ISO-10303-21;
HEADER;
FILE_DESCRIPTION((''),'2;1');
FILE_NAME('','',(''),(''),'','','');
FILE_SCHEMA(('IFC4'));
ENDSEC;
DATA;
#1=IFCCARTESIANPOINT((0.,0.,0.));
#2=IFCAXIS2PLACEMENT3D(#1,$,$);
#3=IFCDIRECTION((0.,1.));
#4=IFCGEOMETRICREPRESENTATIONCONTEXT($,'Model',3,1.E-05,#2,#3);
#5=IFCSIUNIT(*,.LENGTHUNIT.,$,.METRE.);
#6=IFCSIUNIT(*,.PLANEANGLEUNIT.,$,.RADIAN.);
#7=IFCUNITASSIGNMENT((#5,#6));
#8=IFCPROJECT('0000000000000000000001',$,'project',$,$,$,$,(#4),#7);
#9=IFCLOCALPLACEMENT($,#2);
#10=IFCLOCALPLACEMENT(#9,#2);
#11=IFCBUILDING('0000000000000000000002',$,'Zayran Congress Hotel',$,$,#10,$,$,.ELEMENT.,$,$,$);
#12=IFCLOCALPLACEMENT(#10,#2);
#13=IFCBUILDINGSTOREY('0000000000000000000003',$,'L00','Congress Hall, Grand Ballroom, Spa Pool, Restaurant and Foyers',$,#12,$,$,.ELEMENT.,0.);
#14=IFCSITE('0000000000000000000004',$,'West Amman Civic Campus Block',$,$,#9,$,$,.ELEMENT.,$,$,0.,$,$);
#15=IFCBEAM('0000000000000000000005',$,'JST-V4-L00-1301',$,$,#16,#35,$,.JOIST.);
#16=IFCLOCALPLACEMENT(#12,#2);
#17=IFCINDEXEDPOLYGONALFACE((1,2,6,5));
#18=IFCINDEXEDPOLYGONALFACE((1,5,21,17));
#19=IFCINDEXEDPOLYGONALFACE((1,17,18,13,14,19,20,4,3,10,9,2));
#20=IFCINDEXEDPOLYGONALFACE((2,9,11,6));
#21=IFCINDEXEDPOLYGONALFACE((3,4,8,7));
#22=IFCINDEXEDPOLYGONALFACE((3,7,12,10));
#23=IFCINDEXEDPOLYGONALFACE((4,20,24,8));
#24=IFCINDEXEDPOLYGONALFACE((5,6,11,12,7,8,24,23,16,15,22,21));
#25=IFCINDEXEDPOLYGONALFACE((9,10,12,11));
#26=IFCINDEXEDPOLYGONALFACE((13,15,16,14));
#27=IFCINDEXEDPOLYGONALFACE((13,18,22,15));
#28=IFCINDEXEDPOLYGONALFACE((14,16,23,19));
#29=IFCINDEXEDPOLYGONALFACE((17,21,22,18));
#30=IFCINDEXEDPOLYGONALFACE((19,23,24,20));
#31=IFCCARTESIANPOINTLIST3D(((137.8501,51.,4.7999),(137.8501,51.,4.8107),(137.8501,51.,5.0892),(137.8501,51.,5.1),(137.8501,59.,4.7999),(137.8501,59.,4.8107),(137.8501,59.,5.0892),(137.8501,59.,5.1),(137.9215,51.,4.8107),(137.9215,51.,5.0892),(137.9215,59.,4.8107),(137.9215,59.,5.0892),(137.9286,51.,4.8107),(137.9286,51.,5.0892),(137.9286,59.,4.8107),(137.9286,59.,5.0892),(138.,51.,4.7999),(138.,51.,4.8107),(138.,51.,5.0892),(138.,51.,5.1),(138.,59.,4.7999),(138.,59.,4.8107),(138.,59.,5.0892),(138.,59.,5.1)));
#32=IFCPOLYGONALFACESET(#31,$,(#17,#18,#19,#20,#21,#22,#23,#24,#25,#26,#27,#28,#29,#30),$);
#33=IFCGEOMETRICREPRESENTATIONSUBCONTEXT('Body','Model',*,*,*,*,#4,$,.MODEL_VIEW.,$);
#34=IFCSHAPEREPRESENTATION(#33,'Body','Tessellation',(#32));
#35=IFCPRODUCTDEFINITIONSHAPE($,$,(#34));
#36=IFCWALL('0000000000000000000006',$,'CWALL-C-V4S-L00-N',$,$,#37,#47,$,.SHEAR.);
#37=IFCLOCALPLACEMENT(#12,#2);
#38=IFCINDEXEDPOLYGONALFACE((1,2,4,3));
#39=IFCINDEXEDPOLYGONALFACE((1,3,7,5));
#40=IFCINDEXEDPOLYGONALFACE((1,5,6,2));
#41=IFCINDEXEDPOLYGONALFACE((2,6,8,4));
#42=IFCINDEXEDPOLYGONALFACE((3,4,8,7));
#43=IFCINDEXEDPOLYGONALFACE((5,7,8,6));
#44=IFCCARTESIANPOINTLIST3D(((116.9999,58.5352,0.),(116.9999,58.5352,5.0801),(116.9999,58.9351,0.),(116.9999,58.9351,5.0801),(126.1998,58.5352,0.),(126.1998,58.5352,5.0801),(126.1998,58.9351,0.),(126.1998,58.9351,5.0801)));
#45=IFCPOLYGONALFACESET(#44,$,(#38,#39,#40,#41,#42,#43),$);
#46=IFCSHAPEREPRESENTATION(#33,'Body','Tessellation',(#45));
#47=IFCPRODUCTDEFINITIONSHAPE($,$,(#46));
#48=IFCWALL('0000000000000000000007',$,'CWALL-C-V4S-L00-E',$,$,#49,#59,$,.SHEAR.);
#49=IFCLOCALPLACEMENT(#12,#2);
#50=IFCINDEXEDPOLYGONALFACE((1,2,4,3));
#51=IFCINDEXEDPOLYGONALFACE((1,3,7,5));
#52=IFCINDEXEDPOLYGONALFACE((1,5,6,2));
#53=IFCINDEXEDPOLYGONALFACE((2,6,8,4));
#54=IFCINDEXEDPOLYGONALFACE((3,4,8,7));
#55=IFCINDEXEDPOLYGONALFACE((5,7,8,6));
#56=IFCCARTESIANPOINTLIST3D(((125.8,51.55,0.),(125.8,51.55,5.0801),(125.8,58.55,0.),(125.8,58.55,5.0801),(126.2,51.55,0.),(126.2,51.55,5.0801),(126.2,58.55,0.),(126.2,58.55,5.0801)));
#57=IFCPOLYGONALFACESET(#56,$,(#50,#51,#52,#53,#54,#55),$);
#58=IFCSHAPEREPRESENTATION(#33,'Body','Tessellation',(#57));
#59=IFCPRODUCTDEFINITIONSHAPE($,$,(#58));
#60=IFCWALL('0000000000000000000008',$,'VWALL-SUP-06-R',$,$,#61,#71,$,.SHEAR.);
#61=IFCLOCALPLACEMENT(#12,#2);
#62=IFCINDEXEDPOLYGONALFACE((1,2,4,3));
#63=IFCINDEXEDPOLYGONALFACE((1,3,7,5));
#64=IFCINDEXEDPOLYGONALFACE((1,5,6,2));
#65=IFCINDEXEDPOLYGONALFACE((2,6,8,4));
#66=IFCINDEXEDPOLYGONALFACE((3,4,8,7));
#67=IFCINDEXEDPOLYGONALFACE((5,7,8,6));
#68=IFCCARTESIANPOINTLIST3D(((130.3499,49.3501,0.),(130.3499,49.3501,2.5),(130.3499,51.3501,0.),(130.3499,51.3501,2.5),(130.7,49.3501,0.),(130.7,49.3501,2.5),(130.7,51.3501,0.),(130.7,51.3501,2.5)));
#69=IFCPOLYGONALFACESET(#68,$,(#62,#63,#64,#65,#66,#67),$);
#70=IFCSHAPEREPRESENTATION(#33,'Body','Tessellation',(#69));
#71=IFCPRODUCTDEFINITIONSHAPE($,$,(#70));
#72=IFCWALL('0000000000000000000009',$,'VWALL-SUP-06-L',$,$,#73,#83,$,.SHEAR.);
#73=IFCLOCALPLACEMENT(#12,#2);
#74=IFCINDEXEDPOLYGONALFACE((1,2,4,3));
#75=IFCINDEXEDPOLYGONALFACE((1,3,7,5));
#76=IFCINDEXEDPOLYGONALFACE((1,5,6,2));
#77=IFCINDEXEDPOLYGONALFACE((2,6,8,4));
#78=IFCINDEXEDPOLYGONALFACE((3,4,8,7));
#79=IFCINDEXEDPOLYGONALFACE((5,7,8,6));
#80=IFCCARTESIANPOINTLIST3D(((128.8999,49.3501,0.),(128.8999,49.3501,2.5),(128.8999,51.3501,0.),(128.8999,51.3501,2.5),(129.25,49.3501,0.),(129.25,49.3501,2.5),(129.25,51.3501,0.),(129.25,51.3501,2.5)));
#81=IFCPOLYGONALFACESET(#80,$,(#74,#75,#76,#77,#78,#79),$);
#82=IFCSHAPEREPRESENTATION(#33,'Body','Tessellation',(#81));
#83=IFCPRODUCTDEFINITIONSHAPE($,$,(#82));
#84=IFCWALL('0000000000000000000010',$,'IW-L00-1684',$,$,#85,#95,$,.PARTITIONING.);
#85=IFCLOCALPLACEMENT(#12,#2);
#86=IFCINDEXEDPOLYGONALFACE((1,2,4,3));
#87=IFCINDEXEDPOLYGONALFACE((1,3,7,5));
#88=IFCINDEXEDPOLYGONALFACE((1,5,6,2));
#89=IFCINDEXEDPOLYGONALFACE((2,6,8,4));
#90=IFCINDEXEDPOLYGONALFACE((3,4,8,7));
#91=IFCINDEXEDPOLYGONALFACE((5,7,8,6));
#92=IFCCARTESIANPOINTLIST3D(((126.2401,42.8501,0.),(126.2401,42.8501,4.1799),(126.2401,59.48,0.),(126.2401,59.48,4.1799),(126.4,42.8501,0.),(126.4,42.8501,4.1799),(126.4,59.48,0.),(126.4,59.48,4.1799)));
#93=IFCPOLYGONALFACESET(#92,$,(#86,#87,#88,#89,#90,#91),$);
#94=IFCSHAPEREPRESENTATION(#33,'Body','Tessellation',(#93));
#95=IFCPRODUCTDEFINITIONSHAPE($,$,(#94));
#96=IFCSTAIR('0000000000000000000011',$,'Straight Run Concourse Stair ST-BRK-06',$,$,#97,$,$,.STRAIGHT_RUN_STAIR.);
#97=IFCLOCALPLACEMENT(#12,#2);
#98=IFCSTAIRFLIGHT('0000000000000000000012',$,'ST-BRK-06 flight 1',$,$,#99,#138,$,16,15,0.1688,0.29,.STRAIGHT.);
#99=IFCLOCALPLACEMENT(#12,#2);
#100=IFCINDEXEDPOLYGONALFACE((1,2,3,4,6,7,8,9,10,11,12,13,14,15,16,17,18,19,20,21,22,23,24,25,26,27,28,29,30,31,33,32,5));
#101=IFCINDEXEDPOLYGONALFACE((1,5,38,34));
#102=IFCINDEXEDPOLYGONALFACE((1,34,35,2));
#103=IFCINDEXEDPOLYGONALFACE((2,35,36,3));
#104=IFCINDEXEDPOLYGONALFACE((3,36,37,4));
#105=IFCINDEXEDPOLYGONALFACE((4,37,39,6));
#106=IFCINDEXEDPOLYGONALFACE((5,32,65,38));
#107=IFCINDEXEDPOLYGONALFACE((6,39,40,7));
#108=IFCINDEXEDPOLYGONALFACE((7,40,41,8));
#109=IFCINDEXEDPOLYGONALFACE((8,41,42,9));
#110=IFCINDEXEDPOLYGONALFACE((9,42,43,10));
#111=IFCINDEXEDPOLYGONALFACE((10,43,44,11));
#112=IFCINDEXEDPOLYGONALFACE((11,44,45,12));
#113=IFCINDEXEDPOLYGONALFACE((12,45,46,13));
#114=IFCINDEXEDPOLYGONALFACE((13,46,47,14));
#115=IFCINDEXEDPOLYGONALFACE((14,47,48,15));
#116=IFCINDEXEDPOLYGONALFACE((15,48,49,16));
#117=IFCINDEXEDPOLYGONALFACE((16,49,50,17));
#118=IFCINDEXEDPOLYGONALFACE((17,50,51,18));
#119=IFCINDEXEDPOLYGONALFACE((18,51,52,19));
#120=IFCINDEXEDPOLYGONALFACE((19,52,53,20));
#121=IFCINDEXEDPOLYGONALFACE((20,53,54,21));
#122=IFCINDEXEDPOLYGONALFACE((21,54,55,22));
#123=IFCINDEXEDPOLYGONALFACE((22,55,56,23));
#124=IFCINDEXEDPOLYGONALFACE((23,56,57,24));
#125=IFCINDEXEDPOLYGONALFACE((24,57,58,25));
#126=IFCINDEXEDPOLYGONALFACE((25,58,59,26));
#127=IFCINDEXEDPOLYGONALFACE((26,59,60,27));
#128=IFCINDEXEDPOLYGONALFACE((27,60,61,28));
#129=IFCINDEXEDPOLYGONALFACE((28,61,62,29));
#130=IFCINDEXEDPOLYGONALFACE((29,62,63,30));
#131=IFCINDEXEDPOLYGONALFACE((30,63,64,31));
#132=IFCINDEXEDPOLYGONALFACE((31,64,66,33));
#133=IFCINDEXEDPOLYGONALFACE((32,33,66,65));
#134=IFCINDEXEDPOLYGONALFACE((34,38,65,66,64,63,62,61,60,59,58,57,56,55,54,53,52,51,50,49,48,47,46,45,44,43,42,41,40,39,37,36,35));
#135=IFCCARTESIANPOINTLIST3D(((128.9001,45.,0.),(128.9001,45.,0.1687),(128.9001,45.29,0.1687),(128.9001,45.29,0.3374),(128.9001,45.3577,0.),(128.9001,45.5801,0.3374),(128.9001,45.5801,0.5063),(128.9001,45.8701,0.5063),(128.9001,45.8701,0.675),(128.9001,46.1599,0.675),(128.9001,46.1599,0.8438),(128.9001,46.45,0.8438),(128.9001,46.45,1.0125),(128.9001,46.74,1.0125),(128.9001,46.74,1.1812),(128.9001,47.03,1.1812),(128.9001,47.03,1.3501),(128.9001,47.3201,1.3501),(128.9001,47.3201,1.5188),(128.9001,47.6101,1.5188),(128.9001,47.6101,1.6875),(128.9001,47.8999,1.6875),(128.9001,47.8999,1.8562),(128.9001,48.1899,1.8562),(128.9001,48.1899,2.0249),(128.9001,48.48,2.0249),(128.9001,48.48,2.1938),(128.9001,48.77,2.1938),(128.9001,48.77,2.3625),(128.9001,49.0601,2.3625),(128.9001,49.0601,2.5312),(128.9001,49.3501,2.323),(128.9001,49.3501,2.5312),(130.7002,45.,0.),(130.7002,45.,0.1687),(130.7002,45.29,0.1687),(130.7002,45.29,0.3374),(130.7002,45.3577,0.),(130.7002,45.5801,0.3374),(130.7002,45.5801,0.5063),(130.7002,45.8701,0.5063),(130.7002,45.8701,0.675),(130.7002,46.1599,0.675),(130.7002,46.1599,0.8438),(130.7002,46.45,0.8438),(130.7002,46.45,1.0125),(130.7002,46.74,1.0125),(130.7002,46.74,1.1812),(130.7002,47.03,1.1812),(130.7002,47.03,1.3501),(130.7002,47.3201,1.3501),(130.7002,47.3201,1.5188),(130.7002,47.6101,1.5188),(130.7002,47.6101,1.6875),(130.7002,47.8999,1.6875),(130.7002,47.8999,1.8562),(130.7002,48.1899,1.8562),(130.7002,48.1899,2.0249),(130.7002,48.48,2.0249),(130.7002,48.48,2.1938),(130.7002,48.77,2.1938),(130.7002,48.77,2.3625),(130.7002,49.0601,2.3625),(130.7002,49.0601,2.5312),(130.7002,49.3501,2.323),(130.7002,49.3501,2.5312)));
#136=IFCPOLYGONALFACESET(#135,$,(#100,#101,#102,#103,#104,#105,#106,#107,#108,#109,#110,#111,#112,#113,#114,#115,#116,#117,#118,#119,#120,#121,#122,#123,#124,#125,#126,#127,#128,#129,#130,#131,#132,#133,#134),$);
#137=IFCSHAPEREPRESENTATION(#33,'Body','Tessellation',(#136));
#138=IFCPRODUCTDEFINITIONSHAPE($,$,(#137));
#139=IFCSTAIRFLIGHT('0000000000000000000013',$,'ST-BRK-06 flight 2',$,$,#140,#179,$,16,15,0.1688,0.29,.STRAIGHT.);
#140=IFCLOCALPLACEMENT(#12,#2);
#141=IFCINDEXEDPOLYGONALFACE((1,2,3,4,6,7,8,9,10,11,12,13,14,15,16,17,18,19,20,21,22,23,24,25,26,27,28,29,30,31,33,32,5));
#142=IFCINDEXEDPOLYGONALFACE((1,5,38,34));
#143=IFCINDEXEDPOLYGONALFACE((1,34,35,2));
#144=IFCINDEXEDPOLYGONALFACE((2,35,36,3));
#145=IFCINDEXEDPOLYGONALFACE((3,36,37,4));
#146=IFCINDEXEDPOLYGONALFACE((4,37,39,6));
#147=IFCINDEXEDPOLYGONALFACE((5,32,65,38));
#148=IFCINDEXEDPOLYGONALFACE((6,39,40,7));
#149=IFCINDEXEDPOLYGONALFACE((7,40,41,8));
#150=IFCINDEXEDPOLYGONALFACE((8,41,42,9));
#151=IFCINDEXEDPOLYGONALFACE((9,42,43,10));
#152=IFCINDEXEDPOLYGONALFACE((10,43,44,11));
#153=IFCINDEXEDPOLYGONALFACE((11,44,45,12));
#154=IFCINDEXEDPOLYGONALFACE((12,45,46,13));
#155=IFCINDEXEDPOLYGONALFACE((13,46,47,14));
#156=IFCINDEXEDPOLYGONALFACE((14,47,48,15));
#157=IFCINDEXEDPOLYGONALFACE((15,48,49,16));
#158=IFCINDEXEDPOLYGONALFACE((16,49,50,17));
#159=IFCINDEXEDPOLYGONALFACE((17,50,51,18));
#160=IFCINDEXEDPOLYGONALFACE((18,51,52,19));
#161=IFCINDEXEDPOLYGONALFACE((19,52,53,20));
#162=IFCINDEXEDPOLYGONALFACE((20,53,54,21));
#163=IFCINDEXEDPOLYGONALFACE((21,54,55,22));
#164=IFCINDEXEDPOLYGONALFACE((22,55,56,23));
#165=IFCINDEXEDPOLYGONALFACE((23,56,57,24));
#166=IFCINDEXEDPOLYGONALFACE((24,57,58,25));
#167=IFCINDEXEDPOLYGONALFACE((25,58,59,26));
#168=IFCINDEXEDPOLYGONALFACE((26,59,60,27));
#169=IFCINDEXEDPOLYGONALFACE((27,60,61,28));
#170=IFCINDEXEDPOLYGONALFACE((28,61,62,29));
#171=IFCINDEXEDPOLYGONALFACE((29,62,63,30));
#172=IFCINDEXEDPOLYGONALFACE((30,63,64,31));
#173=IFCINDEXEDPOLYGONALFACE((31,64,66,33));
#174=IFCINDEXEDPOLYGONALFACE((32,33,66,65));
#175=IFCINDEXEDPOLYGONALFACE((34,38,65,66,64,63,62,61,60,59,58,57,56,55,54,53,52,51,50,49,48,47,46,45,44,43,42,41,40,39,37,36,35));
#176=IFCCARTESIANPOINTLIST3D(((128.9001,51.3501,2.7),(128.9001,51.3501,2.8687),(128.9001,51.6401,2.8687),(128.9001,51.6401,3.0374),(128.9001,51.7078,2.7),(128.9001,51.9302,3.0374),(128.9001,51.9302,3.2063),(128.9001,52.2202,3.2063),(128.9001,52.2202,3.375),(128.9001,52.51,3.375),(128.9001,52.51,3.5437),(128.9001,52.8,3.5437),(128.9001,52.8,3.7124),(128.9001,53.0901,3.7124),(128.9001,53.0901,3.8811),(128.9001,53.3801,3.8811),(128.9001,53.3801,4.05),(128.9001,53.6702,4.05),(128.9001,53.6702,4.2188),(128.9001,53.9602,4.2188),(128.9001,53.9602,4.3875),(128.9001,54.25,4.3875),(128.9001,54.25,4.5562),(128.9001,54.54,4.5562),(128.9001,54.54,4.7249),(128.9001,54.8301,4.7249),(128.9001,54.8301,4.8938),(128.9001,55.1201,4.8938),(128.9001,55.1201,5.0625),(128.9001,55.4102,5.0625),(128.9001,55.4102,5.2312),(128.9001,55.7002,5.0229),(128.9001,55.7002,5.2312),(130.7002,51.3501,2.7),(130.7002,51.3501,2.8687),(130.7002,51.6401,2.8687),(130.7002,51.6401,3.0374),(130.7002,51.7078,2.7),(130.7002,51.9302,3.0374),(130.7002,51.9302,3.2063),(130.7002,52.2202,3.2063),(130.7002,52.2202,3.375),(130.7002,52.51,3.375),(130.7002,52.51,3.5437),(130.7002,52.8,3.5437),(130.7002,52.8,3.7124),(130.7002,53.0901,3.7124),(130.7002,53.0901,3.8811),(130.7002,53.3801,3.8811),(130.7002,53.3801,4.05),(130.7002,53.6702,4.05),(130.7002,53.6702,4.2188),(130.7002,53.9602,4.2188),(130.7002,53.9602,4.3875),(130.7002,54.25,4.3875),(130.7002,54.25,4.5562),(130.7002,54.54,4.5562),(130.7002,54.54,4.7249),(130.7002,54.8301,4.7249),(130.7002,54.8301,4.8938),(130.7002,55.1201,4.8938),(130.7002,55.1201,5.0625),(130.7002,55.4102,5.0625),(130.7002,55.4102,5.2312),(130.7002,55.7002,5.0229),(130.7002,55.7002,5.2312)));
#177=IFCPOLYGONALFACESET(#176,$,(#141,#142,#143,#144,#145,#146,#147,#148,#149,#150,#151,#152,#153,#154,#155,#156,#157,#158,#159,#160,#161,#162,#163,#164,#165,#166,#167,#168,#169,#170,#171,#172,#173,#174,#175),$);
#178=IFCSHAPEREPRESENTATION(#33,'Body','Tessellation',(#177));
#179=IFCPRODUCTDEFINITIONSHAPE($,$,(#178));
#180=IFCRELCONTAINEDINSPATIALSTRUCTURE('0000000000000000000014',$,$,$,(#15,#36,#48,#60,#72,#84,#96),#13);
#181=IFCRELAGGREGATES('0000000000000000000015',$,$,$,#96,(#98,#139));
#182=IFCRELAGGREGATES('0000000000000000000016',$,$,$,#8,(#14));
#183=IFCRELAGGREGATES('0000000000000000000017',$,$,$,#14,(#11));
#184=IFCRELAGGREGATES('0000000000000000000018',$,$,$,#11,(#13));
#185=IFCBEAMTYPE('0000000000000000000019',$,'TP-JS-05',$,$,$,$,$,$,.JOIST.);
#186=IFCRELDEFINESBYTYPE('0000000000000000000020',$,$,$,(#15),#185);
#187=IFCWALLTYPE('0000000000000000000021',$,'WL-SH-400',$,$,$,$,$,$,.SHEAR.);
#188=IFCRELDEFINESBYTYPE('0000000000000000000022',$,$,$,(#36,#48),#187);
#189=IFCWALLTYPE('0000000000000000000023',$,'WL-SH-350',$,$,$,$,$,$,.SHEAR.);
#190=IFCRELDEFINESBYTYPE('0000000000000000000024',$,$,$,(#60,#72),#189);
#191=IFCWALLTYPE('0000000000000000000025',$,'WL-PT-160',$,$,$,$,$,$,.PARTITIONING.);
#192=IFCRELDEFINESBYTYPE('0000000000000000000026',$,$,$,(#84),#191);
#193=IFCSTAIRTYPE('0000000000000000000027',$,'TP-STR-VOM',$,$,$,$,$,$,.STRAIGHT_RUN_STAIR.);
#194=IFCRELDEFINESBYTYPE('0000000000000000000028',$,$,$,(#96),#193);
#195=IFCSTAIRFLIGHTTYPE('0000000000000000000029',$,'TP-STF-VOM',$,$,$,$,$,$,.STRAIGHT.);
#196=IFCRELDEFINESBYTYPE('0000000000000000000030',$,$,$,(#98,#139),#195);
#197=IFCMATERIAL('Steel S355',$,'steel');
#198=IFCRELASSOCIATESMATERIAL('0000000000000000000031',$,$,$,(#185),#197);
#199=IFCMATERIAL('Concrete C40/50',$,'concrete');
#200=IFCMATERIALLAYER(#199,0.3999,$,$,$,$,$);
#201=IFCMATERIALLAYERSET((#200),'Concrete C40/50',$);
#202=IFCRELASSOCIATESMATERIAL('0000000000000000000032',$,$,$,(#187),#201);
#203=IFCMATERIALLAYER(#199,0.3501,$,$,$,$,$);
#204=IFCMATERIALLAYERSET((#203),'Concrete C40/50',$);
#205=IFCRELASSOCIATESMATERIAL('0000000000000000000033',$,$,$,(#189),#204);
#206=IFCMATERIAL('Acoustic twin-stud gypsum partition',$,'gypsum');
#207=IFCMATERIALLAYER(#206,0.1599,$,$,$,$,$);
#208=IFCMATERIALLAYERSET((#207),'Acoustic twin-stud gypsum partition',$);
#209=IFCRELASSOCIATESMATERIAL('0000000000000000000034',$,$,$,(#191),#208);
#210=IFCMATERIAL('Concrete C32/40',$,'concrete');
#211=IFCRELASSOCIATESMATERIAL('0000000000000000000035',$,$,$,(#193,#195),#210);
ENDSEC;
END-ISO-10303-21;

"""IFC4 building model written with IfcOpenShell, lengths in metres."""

from ifc_helpers import new_model, si_unit, direction, frame, frame_2d, origin, origin_2d, place, context, subcontext, project, spatial, polyline, rectangle, i_section, outline, extrude, material, layer, layer_set, material_profile, profile_set, type_object, element, aggregate, save


model = new_model("IFC4")

# Units and contexts
model_context = context("Model", 3, precision=1e-05, world=origin(), true_north=direction((0.0, 1.0)))
body_context = subcontext(model_context, "Body", "Model", "MODEL_VIEW")
ifc_project = project(units=[si_unit("LENGTHUNIT", "METRE"), si_unit("PLANEANGLEUNIT", "RADIAN")], contexts=[model_context])

# Site, building, storey
site_placement = place(None, origin())
site = spatial("IfcSite", under=ifc_project, at=site_placement, Name="West Amman Civic Campus Block", CompositionType="ELEMENT", RefElevation=0.0)
building_placement = place(site_placement, origin())
building = spatial("IfcBuilding", under=site, at=building_placement, Name="Zayran Congress Hotel", CompositionType="ELEMENT")
storey_placement = place(building_placement, origin())
storey = spatial("IfcBuildingStorey", under=building, at=storey_placement, Name="L00", Description="Congress Hall, Grand Ballroom, Spa Pool, Restaurant and Foyers", CompositionType="ELEMENT", Elevation=0.0)

# Shared definitions
ifc_material_1 = material(Name="Concrete C40/50", Category="concrete")

# Beam
ifc_material_2 = material(Name="Steel S355", Category="steel")
ifc_material_profile_1 = material_profile(ifc_material_2, i_section(OverallWidth=0.1499, OverallDepth=0.3, WebThickness=0.0071, FlangeThickness=0.0107, at=origin_2d()), Name="IPE 300")
ifc_profile_set_1 = profile_set([ifc_material_profile_1], Name="Steel S355")
beam_type_1 = type_object("IfcBeamType", Name="TP-JS-05", PredefinedType="JOIST", material=ifc_profile_set_1)
beam_1_placement = place(storey_placement, frame((137.925, 51.0, 4.95), z_axis=(0.0, 1.0, 0.0), x_axis=(-1.0, 0.0, 0.0)))
element("IfcBeam", 1, at=beam_1_placement, inside=storey, type_object=beam_type_1, Name="JST-V4-L00-1301", PredefinedType="JOIST", context=body_context, shape_type="SweptSolid", body=[
    extrude(i_section(OverallWidth=0.1499, OverallDepth=0.3, WebThickness=0.0071, FlangeThickness=0.0107, at=origin_2d()), origin(), (0.0, 0.0, 1.0), 8.0),
])

# Walls
ifc_layer_1 = layer(ifc_material_1, 0.3999)
ifc_layer_set_1 = layer_set([ifc_layer_1], Name="Concrete C40/50")
wall_type_1 = type_object("IfcWallType", Name="WL-SH-400", PredefinedType="SHEAR", material=ifc_layer_set_1)
wall_1_placement = place(storey_placement, frame((126.2, 58.7351, 0.0), z_axis=(0.0, 0.0, 1.0), x_axis=(-1.0, 0.0, 0.0)))
element("IfcWall", 2, at=wall_1_placement, inside=storey, type_object=wall_type_1, Name="CWALL-C-V4S-L00-N", PredefinedType="SHEAR", context=body_context, shape_type="SweptSolid", body=[
    extrude(rectangle(XDim=9.2, YDim=0.3999, at=frame_2d((4.6001, 0.0))), origin(), (0.0, 0.0, 1.0), 5.0801),
])
wall_2_placement = place(storey_placement, frame((126.0, 51.55, 0.0), z_axis=(0.0, 0.0, 1.0), x_axis=(0.0, 1.0, 0.0)))
element("IfcWall", 3, at=wall_2_placement, inside=storey, type_object=wall_type_1, Name="CWALL-C-V4S-L00-E", PredefinedType="SHEAR", context=body_context, shape_type="SweptSolid", body=[
    extrude(rectangle(XDim=7.0, YDim=0.3999, at=frame_2d((3.5, 0.0))), origin(), (0.0, 0.0, 1.0), 5.0801),
])
ifc_layer_2 = layer(ifc_material_1, 0.3501)
ifc_layer_set_2 = layer_set([ifc_layer_2], Name="Concrete C40/50")
wall_type_2 = type_object("IfcWallType", Name="WL-SH-350", PredefinedType="SHEAR", material=ifc_layer_set_2)
for number, where, z_axis, x_axis, name in (
    (4, (130.5249, 49.3501, 0.0), (0.0, 0.0, 1.0), (0.0, 1.0, 0.0), "VWALL-SUP-06-R"),
    (5, (129.075, 49.3501, 0.0), (0.0, 0.0, 1.0), (0.0, 1.0, 0.0), "VWALL-SUP-06-L"),
):
    element("IfcWall", number, at=place(storey_placement, frame(where, z_axis=z_axis, x_axis=x_axis)), inside=storey, type_object=wall_type_2, Name=name, PredefinedType="SHEAR", context=body_context, shape_type="SweptSolid", body=[
        extrude(rectangle(XDim=2.0, YDim=0.3501, at=frame_2d((1.0, 0.0))), origin(), (0.0, 0.0, 1.0), 2.5),
    ])
ifc_material_3 = material(Name="Acoustic twin-stud gypsum partition", Category="gypsum")
ifc_layer_3 = layer(ifc_material_3, 0.1599)
ifc_layer_set_3 = layer_set([ifc_layer_3], Name="Acoustic twin-stud gypsum partition")
wall_type_3 = type_object("IfcWallType", Name="WL-PT-160", PredefinedType="PARTITIONING", material=ifc_layer_set_3)
wall_3_placement = place(storey_placement, frame((126.3201, 42.8501, 0.0), z_axis=(0.0, 0.0, 1.0), x_axis=(0.0, 1.0, 0.0)))
element("IfcWall", 6, at=wall_3_placement, inside=storey, type_object=wall_type_3, Name="IW-L00-1684", PredefinedType="PARTITIONING", context=body_context, shape_type="SweptSolid", body=[
    extrude(rectangle(XDim=16.6299, YDim=0.1599, at=frame_2d((8.3149, 0.0))), origin(), (0.0, 0.0, 1.0), 4.1799),
])

# Stair, stair flights
ifc_material_4 = material(Name="Concrete C32/40", Category="concrete")
stair_type = type_object("IfcStairType", Name="TP-STR-VOM", PredefinedType="STRAIGHT_RUN_STAIR", material=ifc_material_4)
stair_placement = place(storey_placement, origin())
stair = element("IfcStair", 7, at=stair_placement, inside=storey, type_object=stair_type, Name="Straight Run Concourse Stair ST-BRK-06", PredefinedType="STRAIGHT_RUN_STAIR")
stair_flight_type = type_object("IfcStairFlightType", Name="TP-STF-VOM", PredefinedType="STRAIGHT", material=ifc_material_4)
stair_flight_1_placement = place(storey_placement, frame((129.8, 45.0, 0.0), z_axis=(0.0, 0.0, 1.0), x_axis=(0.0, 1.0, 0.0)))
stair_flight_1 = element("IfcStairFlight", 8, at=stair_flight_1_placement, type_object=stair_flight_type, Name="ST-BRK-06 flight 1", NumberOfRisers=16, NumberOfTreads=15, PredefinedType="STRAIGHT", RiserHeight=0.1688, TreadLength=0.29, context=body_context, shape_type="SweptSolid", body=[
    extrude(outline(polyline([(0.0, 0.0), (0.0, 0.1687), (0.29, 0.1687), (0.29, 0.3374), (0.5801, 0.3374), (0.5801, 0.5063), (0.8701, 0.5063), (0.8701, 0.675), (1.1599, 0.675), (1.1599, 0.8438), (1.45, 0.8438), (1.45, 1.0125), (1.74, 1.0125), (1.74, 1.1812), (2.03, 1.1812), (2.03, 1.3501), (2.3201, 1.3501), (2.3201, 1.5188), (2.6101, 1.5188), (2.6101, 1.6875), (2.8999, 1.6875), (2.8999, 1.8562), (3.1899, 1.8562), (3.1899, 2.0249), (3.48, 2.0249), (3.48, 2.1938), (3.77, 2.1938), (3.77, 2.3625), (4.0601, 2.3625), (4.0601, 2.5312), (4.3501, 2.5312), (4.3501, 2.7), (4.3501, 2.323), (0.3577, 0.0), (0.0, 0.0)])), frame((0.0, 0.8999, 0.0), z_axis=(0.0, -1.0, 0.0), x_axis=(1.0, 0.0, 0.0)), (0.0, 0.0, 1.0), 1.8),
])
stair_flight_2_placement = place(storey_placement, frame((129.8, 51.3501, 2.7), z_axis=(0.0, 0.0, 1.0), x_axis=(0.0, 1.0, 0.0)))
stair_flight_2 = element("IfcStairFlight", 9, at=stair_flight_2_placement, type_object=stair_flight_type, Name="ST-BRK-06 flight 2", NumberOfRisers=16, NumberOfTreads=15, PredefinedType="STRAIGHT", RiserHeight=0.1688, TreadLength=0.29, context=body_context, shape_type="SweptSolid", body=[
    extrude(outline(polyline([(0.0, 0.0), (0.0, 0.1687), (0.29, 0.1687), (0.29, 0.3374), (0.5801, 0.3374), (0.5801, 0.5063), (0.8701, 0.5063), (0.8701, 0.675), (1.1599, 0.675), (1.1599, 0.8438), (1.45, 0.8438), (1.45, 1.0125), (1.74, 1.0125), (1.74, 1.1812), (2.03, 1.1812), (2.03, 1.3501), (2.3201, 1.3501), (2.3201, 1.5188), (2.6101, 1.5188), (2.6101, 1.6875), (2.8999, 1.6875), (2.8999, 1.8562), (3.1899, 1.8562), (3.1899, 2.0249), (3.48, 2.0249), (3.48, 2.1938), (3.77, 2.1938), (3.77, 2.3625), (4.0601, 2.3625), (4.0601, 2.5312), (4.3501, 2.5312), (4.3501, 2.7), (4.3501, 2.323), (0.3577, 0.0), (0.0, 0.0)])), frame((0.0, 0.8999, 0.0), z_axis=(0.0, -1.0, 0.0), x_axis=(1.0, 0.0, 0.0)), (0.0, 0.0, 1.0), 1.8),
])
aggregate(stair, [stair_flight_1, stair_flight_2])

save(model, "model.ifc")
